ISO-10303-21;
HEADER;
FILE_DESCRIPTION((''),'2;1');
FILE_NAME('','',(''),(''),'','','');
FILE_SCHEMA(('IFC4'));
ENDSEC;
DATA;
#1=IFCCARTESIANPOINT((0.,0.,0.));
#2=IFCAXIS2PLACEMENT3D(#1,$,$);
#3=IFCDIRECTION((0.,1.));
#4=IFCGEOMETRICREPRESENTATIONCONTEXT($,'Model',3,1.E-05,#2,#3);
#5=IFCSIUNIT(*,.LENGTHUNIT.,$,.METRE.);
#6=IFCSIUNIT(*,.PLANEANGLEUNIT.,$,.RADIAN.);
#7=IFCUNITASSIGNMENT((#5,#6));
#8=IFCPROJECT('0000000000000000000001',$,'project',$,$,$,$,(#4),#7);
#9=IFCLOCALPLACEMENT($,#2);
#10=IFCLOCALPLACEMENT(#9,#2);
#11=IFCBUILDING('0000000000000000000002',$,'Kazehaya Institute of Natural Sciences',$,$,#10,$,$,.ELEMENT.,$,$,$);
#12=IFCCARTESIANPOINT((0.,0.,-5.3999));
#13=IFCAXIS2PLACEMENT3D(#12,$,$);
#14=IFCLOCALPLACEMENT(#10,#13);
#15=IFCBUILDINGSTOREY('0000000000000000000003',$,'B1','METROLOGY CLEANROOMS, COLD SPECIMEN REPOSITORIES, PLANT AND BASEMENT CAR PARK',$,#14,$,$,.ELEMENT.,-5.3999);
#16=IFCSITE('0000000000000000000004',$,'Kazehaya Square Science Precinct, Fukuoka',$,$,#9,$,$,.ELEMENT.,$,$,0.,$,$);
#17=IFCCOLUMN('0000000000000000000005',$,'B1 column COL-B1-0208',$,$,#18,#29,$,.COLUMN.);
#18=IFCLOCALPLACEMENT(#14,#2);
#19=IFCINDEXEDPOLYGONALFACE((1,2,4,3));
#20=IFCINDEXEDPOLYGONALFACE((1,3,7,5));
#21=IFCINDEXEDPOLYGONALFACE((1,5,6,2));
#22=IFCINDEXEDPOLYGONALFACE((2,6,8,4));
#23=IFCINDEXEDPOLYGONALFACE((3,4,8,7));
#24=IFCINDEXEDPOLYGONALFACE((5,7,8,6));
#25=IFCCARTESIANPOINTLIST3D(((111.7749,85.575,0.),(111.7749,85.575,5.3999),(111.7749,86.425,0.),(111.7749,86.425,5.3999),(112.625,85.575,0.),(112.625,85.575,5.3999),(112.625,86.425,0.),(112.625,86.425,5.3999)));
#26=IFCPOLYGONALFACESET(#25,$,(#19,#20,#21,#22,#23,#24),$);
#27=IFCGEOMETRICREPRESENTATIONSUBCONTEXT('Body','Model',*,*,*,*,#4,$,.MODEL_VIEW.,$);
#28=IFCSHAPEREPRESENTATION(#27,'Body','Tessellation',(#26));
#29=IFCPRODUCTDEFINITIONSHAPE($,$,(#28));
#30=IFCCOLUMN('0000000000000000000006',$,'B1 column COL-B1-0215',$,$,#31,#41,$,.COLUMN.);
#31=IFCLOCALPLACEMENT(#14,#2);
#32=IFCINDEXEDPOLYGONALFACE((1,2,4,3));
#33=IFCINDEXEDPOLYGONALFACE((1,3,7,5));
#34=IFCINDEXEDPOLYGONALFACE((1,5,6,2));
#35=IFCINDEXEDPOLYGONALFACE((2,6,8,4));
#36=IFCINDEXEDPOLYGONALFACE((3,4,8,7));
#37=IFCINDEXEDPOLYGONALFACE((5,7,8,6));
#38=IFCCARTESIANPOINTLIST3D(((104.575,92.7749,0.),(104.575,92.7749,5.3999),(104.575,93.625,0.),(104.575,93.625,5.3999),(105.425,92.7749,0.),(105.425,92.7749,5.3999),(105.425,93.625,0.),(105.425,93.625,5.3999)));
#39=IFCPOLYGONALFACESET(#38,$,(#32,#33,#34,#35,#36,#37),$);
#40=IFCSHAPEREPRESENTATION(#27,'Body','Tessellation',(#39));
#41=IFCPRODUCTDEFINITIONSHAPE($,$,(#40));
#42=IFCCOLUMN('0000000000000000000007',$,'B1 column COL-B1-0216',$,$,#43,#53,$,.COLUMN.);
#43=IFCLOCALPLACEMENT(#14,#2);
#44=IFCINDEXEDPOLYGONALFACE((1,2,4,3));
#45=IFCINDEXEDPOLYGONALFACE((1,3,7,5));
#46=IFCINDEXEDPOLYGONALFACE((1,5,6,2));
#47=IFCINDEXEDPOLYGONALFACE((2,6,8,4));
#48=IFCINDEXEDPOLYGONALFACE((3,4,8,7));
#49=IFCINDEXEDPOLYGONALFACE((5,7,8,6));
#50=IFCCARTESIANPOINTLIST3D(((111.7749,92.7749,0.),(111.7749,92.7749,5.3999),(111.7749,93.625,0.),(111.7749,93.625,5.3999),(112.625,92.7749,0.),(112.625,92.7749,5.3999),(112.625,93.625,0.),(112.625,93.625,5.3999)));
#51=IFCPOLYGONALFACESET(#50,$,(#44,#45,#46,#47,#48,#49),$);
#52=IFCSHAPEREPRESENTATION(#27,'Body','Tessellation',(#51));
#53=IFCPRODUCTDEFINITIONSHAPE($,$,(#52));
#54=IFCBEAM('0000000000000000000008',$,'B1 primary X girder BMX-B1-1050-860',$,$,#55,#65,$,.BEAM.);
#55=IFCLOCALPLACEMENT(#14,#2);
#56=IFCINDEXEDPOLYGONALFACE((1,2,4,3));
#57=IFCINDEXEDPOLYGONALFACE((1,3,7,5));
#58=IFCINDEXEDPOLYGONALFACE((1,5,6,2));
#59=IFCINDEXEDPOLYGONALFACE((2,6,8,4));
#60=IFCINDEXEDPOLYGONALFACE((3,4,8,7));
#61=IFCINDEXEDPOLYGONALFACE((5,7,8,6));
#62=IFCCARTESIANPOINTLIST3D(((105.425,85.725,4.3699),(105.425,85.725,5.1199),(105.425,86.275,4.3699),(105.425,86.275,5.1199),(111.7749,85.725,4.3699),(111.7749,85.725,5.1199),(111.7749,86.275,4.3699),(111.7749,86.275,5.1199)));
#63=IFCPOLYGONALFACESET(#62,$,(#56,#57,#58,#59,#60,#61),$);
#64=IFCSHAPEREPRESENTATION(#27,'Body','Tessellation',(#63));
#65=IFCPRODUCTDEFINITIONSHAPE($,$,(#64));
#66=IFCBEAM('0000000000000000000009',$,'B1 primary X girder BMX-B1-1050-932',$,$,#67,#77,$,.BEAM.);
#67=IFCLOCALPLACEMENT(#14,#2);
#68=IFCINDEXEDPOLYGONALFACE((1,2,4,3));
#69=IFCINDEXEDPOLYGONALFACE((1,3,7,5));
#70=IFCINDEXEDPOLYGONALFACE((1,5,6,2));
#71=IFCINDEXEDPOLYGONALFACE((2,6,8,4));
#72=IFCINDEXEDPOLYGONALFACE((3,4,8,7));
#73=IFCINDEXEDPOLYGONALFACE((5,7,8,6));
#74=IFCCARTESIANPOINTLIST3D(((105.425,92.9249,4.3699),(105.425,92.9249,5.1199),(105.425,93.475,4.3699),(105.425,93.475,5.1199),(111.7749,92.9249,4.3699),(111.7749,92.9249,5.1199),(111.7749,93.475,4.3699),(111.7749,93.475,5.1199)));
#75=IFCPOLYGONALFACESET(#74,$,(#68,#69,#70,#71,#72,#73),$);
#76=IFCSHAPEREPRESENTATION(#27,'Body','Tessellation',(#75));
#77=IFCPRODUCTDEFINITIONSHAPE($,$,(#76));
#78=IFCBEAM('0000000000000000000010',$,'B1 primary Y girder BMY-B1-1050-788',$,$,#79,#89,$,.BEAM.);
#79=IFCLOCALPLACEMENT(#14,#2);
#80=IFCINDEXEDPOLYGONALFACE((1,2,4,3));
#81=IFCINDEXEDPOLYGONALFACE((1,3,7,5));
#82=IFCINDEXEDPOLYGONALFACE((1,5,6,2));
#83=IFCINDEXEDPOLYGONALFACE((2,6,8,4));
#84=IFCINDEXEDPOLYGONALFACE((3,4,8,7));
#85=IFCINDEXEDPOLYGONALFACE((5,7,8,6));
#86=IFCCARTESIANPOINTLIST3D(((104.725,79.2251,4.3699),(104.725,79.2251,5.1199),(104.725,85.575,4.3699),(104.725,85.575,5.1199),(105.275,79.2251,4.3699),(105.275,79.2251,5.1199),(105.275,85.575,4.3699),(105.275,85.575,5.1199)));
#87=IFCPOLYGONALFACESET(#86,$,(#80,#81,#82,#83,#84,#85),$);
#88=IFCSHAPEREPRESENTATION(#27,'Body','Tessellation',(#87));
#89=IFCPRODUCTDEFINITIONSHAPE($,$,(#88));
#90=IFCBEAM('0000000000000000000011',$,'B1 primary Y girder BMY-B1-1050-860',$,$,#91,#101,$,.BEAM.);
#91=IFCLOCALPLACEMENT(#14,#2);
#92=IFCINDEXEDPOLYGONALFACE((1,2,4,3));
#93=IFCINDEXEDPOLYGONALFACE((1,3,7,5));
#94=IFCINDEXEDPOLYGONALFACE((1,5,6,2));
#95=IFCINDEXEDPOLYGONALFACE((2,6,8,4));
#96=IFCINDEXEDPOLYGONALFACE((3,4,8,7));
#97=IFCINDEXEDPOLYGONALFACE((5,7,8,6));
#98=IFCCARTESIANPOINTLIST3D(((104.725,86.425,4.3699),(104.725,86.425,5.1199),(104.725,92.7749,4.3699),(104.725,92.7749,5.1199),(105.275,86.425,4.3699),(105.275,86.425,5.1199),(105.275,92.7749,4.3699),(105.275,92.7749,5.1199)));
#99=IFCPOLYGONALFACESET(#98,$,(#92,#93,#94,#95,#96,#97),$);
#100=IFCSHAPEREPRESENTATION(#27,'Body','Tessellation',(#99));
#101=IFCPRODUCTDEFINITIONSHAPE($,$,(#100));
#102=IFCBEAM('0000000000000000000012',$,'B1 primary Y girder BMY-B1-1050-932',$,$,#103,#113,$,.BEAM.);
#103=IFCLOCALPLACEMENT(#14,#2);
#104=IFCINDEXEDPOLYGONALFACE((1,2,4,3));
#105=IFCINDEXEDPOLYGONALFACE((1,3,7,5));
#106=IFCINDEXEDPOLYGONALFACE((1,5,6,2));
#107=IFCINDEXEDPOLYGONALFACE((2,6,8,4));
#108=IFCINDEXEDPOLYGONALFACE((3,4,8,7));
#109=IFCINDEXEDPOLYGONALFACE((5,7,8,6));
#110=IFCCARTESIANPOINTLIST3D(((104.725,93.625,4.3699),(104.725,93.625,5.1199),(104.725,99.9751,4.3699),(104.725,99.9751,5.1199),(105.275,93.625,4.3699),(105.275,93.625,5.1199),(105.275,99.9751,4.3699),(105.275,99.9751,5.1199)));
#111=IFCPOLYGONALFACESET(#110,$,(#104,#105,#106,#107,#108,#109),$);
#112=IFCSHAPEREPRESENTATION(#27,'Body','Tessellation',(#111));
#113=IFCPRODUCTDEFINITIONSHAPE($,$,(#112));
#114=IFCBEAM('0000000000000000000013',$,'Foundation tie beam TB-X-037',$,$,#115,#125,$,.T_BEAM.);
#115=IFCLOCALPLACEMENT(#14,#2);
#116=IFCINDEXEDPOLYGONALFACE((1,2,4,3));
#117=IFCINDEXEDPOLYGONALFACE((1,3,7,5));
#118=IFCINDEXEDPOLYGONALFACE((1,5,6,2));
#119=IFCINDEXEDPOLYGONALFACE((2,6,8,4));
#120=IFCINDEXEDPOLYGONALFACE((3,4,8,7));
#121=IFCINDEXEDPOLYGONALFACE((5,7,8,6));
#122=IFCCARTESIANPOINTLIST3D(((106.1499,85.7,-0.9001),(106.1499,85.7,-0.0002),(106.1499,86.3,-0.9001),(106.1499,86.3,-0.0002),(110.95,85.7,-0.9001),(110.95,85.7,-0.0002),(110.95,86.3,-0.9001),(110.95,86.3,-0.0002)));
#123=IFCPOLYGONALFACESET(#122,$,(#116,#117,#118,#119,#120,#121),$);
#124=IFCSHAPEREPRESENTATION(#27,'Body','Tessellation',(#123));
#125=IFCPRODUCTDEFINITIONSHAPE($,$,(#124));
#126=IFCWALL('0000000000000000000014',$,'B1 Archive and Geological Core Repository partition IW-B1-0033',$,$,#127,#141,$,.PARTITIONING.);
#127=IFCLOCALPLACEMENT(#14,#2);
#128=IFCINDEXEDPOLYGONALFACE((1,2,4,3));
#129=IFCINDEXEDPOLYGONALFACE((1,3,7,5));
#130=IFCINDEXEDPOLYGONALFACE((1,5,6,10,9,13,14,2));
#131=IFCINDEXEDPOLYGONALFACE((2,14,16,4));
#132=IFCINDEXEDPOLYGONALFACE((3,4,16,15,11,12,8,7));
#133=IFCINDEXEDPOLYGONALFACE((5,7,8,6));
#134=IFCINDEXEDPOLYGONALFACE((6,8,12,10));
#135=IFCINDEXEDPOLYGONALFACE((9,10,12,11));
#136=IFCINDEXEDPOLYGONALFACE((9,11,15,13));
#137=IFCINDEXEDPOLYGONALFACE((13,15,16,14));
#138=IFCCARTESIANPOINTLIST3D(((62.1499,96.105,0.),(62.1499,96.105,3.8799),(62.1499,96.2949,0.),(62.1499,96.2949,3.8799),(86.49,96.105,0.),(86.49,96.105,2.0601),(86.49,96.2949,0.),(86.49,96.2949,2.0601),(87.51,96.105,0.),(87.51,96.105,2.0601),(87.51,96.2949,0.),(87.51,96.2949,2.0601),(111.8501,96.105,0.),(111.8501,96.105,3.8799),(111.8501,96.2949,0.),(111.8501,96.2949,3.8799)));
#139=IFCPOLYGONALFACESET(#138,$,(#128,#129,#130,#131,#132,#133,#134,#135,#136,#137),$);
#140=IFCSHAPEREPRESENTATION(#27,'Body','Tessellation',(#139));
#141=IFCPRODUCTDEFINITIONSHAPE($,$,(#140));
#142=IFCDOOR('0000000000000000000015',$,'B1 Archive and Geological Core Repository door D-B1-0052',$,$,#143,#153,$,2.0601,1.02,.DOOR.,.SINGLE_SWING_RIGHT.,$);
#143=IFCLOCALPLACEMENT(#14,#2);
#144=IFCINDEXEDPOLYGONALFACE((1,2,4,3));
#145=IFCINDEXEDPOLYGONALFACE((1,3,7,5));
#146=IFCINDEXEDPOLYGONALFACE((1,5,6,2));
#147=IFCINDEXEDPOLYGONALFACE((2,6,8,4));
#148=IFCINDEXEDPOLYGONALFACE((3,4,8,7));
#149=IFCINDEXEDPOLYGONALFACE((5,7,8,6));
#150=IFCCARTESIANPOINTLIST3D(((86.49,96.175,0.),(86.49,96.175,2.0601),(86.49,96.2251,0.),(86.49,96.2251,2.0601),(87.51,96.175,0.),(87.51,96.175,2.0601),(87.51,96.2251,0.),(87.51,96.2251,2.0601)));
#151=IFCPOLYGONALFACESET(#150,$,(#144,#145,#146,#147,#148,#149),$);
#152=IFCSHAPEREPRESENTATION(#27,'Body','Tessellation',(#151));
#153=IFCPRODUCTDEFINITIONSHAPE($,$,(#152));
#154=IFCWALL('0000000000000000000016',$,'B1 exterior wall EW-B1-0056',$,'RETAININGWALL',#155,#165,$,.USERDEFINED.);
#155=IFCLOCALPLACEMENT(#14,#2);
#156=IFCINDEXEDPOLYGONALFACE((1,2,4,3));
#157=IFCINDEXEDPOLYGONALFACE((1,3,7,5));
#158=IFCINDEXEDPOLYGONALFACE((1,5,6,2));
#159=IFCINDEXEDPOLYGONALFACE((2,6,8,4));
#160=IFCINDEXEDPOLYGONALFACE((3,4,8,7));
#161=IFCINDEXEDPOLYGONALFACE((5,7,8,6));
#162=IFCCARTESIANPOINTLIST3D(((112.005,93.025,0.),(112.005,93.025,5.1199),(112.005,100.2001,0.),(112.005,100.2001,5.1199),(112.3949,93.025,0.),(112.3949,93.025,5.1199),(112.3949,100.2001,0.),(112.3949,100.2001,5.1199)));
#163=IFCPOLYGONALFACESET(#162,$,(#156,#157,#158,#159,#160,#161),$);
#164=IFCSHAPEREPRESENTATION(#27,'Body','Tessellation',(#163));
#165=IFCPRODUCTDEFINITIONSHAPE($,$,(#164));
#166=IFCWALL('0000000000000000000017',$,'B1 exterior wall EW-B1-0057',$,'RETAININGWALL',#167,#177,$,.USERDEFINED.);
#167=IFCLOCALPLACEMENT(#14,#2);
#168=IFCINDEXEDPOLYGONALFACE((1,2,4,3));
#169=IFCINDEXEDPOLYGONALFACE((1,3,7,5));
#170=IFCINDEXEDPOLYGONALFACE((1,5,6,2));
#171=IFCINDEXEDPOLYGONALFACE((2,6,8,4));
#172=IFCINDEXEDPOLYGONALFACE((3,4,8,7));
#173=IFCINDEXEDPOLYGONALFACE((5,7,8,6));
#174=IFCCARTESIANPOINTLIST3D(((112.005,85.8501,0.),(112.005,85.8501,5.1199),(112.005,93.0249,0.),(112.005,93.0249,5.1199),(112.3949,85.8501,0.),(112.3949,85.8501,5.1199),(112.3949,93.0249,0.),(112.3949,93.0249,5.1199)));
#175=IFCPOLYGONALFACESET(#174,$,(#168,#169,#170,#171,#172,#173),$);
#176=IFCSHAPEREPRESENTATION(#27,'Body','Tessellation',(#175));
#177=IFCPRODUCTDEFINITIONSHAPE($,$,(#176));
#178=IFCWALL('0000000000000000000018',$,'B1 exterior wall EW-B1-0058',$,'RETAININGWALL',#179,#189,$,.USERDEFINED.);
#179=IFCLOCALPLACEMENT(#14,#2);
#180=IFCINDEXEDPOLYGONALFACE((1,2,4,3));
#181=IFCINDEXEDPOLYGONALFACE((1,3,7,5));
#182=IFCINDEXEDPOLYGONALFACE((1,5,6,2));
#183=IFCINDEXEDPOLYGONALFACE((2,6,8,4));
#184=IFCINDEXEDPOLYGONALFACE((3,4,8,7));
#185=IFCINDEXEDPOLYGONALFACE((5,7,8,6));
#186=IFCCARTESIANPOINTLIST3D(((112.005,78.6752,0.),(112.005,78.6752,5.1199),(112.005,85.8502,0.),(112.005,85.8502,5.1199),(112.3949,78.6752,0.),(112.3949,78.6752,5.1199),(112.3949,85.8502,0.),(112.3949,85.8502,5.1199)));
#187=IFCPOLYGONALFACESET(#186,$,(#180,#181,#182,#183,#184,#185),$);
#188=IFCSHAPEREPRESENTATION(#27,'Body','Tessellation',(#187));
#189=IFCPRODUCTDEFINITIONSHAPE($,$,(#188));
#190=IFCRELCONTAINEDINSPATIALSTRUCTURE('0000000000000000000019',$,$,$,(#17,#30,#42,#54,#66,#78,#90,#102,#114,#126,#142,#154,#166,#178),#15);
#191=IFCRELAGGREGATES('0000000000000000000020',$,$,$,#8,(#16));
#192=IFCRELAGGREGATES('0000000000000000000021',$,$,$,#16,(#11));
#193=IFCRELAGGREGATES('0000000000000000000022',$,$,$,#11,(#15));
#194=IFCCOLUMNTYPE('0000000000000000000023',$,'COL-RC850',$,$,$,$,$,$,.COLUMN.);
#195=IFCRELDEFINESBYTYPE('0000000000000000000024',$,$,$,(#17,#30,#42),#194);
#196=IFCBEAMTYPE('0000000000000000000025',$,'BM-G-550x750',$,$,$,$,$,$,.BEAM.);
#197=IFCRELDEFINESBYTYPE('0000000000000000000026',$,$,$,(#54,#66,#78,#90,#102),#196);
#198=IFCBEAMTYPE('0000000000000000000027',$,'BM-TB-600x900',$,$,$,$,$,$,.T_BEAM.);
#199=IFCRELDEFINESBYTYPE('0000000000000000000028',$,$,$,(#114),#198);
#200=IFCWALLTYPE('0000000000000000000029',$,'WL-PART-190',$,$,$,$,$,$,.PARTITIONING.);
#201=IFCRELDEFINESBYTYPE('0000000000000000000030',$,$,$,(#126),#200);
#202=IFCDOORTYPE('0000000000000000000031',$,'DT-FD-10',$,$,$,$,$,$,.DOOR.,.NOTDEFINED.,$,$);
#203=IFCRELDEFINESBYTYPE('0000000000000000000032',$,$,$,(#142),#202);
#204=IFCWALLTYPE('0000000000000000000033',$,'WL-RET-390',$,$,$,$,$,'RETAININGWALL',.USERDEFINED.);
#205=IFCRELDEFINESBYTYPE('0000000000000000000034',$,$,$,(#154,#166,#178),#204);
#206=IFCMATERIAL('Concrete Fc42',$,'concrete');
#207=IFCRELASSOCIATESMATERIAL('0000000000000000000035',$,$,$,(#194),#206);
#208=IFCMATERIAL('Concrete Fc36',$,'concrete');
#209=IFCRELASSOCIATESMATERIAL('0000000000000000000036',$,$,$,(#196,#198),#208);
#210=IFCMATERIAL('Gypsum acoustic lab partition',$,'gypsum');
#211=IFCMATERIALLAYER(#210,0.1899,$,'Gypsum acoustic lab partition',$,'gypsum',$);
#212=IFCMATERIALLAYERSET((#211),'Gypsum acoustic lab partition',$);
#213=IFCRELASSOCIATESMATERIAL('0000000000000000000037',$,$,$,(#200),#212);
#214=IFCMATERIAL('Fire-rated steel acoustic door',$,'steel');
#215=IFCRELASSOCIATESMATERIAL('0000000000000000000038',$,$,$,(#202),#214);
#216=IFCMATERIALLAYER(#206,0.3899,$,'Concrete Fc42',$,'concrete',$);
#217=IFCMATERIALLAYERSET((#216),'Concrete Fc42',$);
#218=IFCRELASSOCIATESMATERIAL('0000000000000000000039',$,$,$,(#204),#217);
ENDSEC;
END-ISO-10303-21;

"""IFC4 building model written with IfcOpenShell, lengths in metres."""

from ifc_helpers import new_model, si_unit, direction, frame, frame_2d, origin, origin_2d, place, context, subcontext, project, spatial, rectangle, extrude, material, layer, layer_set, material_profile, profile_set, type_object, element, fill, save


model = new_model("IFC4")

# Units and contexts
model_context = context("Model", 3, precision=1e-05, world=origin(), true_north=direction((0.0, 1.0)))
body_context = subcontext(model_context, "Body", "Model", "MODEL_VIEW")
ifc_project = project(units=[si_unit("LENGTHUNIT", "METRE"), si_unit("PLANEANGLEUNIT", "RADIAN")], contexts=[model_context])

# Site, building, storey
site_placement = place(None, origin())
site = spatial("IfcSite", under=ifc_project, at=site_placement, Name="Kazehaya Square Science Precinct, Fukuoka", CompositionType="ELEMENT", RefElevation=0.0)
building_placement = place(site_placement, origin())
building = spatial("IfcBuilding", under=site, at=building_placement, Name="Kazehaya Institute of Natural Sciences", CompositionType="ELEMENT")
storey_placement = place(building_placement, frame((0.0, 0.0, -5.3999)))
storey = spatial("IfcBuildingStorey", under=building, at=storey_placement, Name="B1", Description="METROLOGY CLEANROOMS, COLD SPECIMEN REPOSITORIES, PLANT AND BASEMENT CAR PARK", CompositionType="ELEMENT", Elevation=-5.3999)

# Shared definitions
ifc_material_1 = material(Name="Concrete Fc36", Category="concrete")

# Columns
ifc_material_2 = material(Name="Concrete Fc42", Category="concrete")
ifc_material_profile_1 = material_profile(ifc_material_2, rectangle(XDim=0.8501, YDim=0.8501, at=origin_2d()), Name="RC-850x850")
ifc_profile_set_1 = profile_set([ifc_material_profile_1], Name="Concrete Fc42")
column_type = type_object("IfcColumnType", Name="COL-RC850", PredefinedType="COLUMN", material=ifc_profile_set_1)
for number, where, z_axis, x_axis, name in (
    (1, (112.2, 86.0, 0.0), (0.0, 0.0, 1.0), (1.0, 0.0, 0.0), "B1 column COL-B1-0208"),
    (2, (105.0, 93.2, 0.0), (0.0, 0.0, 1.0), (1.0, 0.0, 0.0), "B1 column COL-B1-0215"),
    (3, (112.2, 93.2, 0.0), (0.0, 0.0, 1.0), (1.0, 0.0, 0.0), "B1 column COL-B1-0216"),
):
    element("IfcColumn", number, at=place(storey_placement, frame(where, z_axis=z_axis, x_axis=x_axis)), inside=storey, type_object=column_type, Name=name, PredefinedType="COLUMN", context=body_context, shape_type="SweptSolid", body=[
        extrude(rectangle(XDim=0.8501, YDim=0.8501, at=origin_2d()), origin(), (0.0, 0.0, 1.0), 5.3999),
    ])

# Beams
ifc_material_profile_2 = material_profile(ifc_material_1, rectangle(XDim=0.55, YDim=0.75, at=origin_2d()), Name="RC-550x750")
ifc_profile_set_2 = profile_set([ifc_material_profile_2], Name="Concrete Fc36")
beam_type_1 = type_object("IfcBeamType", Name="BM-G-550x750", PredefinedType="BEAM", material=ifc_profile_set_2)
for number, where, z_axis, x_axis, name in (
    (4, (105.425, 86.0, 4.7449), (1.0, 0.0, 0.0), (0.0, 1.0, 0.0), "B1 primary X girder BMX-B1-1050-860"),
    (5, (105.425, 93.2, 4.7449), (1.0, 0.0, 0.0), (0.0, 1.0, 0.0), "B1 primary X girder BMX-B1-1050-932"),
    (6, (105.0, 79.2251, 4.7449), (0.0, 1.0, 0.0), (-1.0, 0.0, 0.0), "B1 primary Y girder BMY-B1-1050-788"),
    (7, (105.0, 86.425, 4.7449), (0.0, 1.0, 0.0), (-1.0, 0.0, 0.0), "B1 primary Y girder BMY-B1-1050-860"),
):
    element("IfcBeam", number, at=place(storey_placement, frame(where, z_axis=z_axis, x_axis=x_axis)), inside=storey, type_object=beam_type_1, Name=name, PredefinedType="BEAM", context=body_context, shape_type="SweptSolid", body=[
        extrude(rectangle(XDim=0.55, YDim=0.75, at=origin_2d()), origin(), (0.0, 0.0, 1.0), 6.3499),
    ])
beam_1_placement = place(storey_placement, frame((105.0, 93.625, 4.7449), z_axis=(0.0, 1.0, 0.0), x_axis=(-1.0, 0.0, 0.0)))
element("IfcBeam", 8, at=beam_1_placement, inside=storey, type_object=beam_type_1, Name="B1 primary Y girder BMY-B1-1050-932", PredefinedType="BEAM", context=body_context, shape_type="SweptSolid", body=[
    extrude(rectangle(XDim=0.55, YDim=0.75, at=origin_2d()), origin(), (0.0, 0.0, 1.0), 6.3501),
])
ifc_material_profile_3 = material_profile(ifc_material_1, rectangle(XDim=0.6001, YDim=0.8999, at=origin_2d()), Name="RC-600x900")
ifc_profile_set_3 = profile_set([ifc_material_profile_3], Name="Concrete Fc36")
beam_type_2 = type_object("IfcBeamType", Name="BM-TB-600x900", PredefinedType="T_BEAM", material=ifc_profile_set_3)
beam_2_placement = place(storey_placement, frame((106.1499, 86.0, -0.4502), z_axis=(1.0, 0.0, 0.0), x_axis=(0.0, 1.0, 0.0)))
element("IfcBeam", 9, at=beam_2_placement, inside=storey, type_object=beam_type_2, Name="Foundation tie beam TB-X-037", PredefinedType="T_BEAM", context=body_context, shape_type="SweptSolid", body=[
    extrude(rectangle(XDim=0.6001, YDim=0.8999, at=origin_2d()), origin(), (0.0, 0.0, 1.0), 4.8),
])

# Wall, opening, door
ifc_material_3 = material(Name="Gypsum acoustic lab partition", Category="gypsum")
ifc_layer_1 = layer(ifc_material_3, 0.1899, Name="Gypsum acoustic lab partition", Category="gypsum")
ifc_layer_set_1 = layer_set([ifc_layer_1], Name="Gypsum acoustic lab partition")
wall_type_1 = type_object("IfcWallType", Name="WL-PART-190", PredefinedType="PARTITIONING", material=ifc_layer_set_1)
wall_1_placement = place(storey_placement, frame((111.8501, 96.2, 0.0), z_axis=(0.0, 0.0, 1.0), x_axis=(-1.0, 0.0, 0.0)))
wall_1 = element("IfcWall", 10, at=wall_1_placement, inside=storey, type_object=wall_type_1, Name="B1 Archive and Geological Core Repository partition IW-B1-0033", PredefinedType="PARTITIONING", context=body_context, shape_type="SweptSolid", body=[
    extrude(rectangle(XDim=49.7002, YDim=0.1899, at=frame_2d((24.8501, 0.0))), origin(), (0.0, 0.0, 1.0), 3.8799),
])
opening_placement = place(wall_1_placement, frame((24.3401, 0.0, 0.0)))
opening = element("IfcOpeningElement", 11, at=opening_placement, cuts=wall_1, PredefinedType="OPENING", context=body_context, shape_type="SweptSolid", body=[
    extrude(rectangle(XDim=1.02, YDim=2.0601, at=frame_2d((0.51, 1.03))), frame((0.0, 0.105, 0.0), z_axis=(0.0, -1.0, 0.0), x_axis=(1.0, 0.0, 0.0)), (0.0, 0.0, 1.0), 0.21),
])
ifc_material_4 = material(Name="Fire-rated steel acoustic door", Category="steel")
door_type = type_object("IfcDoorType", Name="DT-FD-10", OperationType="NOTDEFINED", PredefinedType="DOOR", material=ifc_material_4)
door_placement = place(opening_placement, origin())
door = element("IfcDoor", 12, at=door_placement, inside=storey, type_object=door_type, Name="B1 Archive and Geological Core Repository door D-B1-0052", OperationType="SINGLE_SWING_RIGHT", OverallHeight=2.0601, OverallWidth=1.02, PredefinedType="DOOR", context=body_context, shape_type="SweptSolid", body=[
    extrude(rectangle(XDim=1.02, YDim=2.0601, at=frame_2d((0.51, 1.03))), frame((0.0, 0.0249, 0.0), z_axis=(0.0, -1.0, 0.0), x_axis=(1.0, 0.0, 0.0)), (0.0, 0.0, 1.0), 0.05),
])
fill(opening, door)

# Walls
ifc_layer_2 = layer(ifc_material_2, 0.3899, Name="Concrete Fc42", Category="concrete")
ifc_layer_set_2 = layer_set([ifc_layer_2], Name="Concrete Fc42")
wall_type_2 = type_object("IfcWallType", Name="WL-RET-390", ElementType="RETAININGWALL", PredefinedType="USERDEFINED", material=ifc_layer_set_2)
wall_2_placement = place(storey_placement, frame((112.2, 100.2, 0.0), z_axis=(0.0, 0.0, 1.0), x_axis=(0.0, -1.0, 0.0)))
element("IfcWall", 13, at=wall_2_placement, inside=storey, type_object=wall_type_2, Name="B1 exterior wall EW-B1-0056", ObjectType="RETAININGWALL", PredefinedType="USERDEFINED", context=body_context, shape_type="SweptSolid", body=[
    extrude(rectangle(XDim=7.175, YDim=0.3899, at=frame_2d((3.5874, 0.0))), origin(), (0.0, 0.0, 1.0), 5.1199),
])
wall_3_placement = place(storey_placement, frame((112.2, 93.0249, 0.0), z_axis=(0.0, 0.0, 1.0), x_axis=(0.0, -1.0, 0.0)))
element("IfcWall", 14, at=wall_3_placement, inside=storey, type_object=wall_type_2, Name="B1 exterior wall EW-B1-0057", ObjectType="RETAININGWALL", PredefinedType="USERDEFINED", context=body_context, shape_type="SweptSolid", body=[
    extrude(rectangle(XDim=7.1748, YDim=0.3899, at=frame_2d((3.5874, 0.0))), origin(), (0.0, 0.0, 1.0), 5.1199),
])
wall_4_placement = place(storey_placement, frame((112.2, 85.8501, 0.0), z_axis=(0.0, 0.0, 1.0), x_axis=(0.0, -1.0, 0.0)))
element("IfcWall", 15, at=wall_4_placement, inside=storey, type_object=wall_type_2, Name="B1 exterior wall EW-B1-0058", ObjectType="RETAININGWALL", PredefinedType="USERDEFINED", context=body_context, shape_type="SweptSolid", body=[
    extrude(rectangle(XDim=7.175, YDim=0.3899, at=frame_2d((3.5874, 0.0))), origin(), (0.0, 0.0, 1.0), 5.1199),
])

save(model, "model.ifc")
